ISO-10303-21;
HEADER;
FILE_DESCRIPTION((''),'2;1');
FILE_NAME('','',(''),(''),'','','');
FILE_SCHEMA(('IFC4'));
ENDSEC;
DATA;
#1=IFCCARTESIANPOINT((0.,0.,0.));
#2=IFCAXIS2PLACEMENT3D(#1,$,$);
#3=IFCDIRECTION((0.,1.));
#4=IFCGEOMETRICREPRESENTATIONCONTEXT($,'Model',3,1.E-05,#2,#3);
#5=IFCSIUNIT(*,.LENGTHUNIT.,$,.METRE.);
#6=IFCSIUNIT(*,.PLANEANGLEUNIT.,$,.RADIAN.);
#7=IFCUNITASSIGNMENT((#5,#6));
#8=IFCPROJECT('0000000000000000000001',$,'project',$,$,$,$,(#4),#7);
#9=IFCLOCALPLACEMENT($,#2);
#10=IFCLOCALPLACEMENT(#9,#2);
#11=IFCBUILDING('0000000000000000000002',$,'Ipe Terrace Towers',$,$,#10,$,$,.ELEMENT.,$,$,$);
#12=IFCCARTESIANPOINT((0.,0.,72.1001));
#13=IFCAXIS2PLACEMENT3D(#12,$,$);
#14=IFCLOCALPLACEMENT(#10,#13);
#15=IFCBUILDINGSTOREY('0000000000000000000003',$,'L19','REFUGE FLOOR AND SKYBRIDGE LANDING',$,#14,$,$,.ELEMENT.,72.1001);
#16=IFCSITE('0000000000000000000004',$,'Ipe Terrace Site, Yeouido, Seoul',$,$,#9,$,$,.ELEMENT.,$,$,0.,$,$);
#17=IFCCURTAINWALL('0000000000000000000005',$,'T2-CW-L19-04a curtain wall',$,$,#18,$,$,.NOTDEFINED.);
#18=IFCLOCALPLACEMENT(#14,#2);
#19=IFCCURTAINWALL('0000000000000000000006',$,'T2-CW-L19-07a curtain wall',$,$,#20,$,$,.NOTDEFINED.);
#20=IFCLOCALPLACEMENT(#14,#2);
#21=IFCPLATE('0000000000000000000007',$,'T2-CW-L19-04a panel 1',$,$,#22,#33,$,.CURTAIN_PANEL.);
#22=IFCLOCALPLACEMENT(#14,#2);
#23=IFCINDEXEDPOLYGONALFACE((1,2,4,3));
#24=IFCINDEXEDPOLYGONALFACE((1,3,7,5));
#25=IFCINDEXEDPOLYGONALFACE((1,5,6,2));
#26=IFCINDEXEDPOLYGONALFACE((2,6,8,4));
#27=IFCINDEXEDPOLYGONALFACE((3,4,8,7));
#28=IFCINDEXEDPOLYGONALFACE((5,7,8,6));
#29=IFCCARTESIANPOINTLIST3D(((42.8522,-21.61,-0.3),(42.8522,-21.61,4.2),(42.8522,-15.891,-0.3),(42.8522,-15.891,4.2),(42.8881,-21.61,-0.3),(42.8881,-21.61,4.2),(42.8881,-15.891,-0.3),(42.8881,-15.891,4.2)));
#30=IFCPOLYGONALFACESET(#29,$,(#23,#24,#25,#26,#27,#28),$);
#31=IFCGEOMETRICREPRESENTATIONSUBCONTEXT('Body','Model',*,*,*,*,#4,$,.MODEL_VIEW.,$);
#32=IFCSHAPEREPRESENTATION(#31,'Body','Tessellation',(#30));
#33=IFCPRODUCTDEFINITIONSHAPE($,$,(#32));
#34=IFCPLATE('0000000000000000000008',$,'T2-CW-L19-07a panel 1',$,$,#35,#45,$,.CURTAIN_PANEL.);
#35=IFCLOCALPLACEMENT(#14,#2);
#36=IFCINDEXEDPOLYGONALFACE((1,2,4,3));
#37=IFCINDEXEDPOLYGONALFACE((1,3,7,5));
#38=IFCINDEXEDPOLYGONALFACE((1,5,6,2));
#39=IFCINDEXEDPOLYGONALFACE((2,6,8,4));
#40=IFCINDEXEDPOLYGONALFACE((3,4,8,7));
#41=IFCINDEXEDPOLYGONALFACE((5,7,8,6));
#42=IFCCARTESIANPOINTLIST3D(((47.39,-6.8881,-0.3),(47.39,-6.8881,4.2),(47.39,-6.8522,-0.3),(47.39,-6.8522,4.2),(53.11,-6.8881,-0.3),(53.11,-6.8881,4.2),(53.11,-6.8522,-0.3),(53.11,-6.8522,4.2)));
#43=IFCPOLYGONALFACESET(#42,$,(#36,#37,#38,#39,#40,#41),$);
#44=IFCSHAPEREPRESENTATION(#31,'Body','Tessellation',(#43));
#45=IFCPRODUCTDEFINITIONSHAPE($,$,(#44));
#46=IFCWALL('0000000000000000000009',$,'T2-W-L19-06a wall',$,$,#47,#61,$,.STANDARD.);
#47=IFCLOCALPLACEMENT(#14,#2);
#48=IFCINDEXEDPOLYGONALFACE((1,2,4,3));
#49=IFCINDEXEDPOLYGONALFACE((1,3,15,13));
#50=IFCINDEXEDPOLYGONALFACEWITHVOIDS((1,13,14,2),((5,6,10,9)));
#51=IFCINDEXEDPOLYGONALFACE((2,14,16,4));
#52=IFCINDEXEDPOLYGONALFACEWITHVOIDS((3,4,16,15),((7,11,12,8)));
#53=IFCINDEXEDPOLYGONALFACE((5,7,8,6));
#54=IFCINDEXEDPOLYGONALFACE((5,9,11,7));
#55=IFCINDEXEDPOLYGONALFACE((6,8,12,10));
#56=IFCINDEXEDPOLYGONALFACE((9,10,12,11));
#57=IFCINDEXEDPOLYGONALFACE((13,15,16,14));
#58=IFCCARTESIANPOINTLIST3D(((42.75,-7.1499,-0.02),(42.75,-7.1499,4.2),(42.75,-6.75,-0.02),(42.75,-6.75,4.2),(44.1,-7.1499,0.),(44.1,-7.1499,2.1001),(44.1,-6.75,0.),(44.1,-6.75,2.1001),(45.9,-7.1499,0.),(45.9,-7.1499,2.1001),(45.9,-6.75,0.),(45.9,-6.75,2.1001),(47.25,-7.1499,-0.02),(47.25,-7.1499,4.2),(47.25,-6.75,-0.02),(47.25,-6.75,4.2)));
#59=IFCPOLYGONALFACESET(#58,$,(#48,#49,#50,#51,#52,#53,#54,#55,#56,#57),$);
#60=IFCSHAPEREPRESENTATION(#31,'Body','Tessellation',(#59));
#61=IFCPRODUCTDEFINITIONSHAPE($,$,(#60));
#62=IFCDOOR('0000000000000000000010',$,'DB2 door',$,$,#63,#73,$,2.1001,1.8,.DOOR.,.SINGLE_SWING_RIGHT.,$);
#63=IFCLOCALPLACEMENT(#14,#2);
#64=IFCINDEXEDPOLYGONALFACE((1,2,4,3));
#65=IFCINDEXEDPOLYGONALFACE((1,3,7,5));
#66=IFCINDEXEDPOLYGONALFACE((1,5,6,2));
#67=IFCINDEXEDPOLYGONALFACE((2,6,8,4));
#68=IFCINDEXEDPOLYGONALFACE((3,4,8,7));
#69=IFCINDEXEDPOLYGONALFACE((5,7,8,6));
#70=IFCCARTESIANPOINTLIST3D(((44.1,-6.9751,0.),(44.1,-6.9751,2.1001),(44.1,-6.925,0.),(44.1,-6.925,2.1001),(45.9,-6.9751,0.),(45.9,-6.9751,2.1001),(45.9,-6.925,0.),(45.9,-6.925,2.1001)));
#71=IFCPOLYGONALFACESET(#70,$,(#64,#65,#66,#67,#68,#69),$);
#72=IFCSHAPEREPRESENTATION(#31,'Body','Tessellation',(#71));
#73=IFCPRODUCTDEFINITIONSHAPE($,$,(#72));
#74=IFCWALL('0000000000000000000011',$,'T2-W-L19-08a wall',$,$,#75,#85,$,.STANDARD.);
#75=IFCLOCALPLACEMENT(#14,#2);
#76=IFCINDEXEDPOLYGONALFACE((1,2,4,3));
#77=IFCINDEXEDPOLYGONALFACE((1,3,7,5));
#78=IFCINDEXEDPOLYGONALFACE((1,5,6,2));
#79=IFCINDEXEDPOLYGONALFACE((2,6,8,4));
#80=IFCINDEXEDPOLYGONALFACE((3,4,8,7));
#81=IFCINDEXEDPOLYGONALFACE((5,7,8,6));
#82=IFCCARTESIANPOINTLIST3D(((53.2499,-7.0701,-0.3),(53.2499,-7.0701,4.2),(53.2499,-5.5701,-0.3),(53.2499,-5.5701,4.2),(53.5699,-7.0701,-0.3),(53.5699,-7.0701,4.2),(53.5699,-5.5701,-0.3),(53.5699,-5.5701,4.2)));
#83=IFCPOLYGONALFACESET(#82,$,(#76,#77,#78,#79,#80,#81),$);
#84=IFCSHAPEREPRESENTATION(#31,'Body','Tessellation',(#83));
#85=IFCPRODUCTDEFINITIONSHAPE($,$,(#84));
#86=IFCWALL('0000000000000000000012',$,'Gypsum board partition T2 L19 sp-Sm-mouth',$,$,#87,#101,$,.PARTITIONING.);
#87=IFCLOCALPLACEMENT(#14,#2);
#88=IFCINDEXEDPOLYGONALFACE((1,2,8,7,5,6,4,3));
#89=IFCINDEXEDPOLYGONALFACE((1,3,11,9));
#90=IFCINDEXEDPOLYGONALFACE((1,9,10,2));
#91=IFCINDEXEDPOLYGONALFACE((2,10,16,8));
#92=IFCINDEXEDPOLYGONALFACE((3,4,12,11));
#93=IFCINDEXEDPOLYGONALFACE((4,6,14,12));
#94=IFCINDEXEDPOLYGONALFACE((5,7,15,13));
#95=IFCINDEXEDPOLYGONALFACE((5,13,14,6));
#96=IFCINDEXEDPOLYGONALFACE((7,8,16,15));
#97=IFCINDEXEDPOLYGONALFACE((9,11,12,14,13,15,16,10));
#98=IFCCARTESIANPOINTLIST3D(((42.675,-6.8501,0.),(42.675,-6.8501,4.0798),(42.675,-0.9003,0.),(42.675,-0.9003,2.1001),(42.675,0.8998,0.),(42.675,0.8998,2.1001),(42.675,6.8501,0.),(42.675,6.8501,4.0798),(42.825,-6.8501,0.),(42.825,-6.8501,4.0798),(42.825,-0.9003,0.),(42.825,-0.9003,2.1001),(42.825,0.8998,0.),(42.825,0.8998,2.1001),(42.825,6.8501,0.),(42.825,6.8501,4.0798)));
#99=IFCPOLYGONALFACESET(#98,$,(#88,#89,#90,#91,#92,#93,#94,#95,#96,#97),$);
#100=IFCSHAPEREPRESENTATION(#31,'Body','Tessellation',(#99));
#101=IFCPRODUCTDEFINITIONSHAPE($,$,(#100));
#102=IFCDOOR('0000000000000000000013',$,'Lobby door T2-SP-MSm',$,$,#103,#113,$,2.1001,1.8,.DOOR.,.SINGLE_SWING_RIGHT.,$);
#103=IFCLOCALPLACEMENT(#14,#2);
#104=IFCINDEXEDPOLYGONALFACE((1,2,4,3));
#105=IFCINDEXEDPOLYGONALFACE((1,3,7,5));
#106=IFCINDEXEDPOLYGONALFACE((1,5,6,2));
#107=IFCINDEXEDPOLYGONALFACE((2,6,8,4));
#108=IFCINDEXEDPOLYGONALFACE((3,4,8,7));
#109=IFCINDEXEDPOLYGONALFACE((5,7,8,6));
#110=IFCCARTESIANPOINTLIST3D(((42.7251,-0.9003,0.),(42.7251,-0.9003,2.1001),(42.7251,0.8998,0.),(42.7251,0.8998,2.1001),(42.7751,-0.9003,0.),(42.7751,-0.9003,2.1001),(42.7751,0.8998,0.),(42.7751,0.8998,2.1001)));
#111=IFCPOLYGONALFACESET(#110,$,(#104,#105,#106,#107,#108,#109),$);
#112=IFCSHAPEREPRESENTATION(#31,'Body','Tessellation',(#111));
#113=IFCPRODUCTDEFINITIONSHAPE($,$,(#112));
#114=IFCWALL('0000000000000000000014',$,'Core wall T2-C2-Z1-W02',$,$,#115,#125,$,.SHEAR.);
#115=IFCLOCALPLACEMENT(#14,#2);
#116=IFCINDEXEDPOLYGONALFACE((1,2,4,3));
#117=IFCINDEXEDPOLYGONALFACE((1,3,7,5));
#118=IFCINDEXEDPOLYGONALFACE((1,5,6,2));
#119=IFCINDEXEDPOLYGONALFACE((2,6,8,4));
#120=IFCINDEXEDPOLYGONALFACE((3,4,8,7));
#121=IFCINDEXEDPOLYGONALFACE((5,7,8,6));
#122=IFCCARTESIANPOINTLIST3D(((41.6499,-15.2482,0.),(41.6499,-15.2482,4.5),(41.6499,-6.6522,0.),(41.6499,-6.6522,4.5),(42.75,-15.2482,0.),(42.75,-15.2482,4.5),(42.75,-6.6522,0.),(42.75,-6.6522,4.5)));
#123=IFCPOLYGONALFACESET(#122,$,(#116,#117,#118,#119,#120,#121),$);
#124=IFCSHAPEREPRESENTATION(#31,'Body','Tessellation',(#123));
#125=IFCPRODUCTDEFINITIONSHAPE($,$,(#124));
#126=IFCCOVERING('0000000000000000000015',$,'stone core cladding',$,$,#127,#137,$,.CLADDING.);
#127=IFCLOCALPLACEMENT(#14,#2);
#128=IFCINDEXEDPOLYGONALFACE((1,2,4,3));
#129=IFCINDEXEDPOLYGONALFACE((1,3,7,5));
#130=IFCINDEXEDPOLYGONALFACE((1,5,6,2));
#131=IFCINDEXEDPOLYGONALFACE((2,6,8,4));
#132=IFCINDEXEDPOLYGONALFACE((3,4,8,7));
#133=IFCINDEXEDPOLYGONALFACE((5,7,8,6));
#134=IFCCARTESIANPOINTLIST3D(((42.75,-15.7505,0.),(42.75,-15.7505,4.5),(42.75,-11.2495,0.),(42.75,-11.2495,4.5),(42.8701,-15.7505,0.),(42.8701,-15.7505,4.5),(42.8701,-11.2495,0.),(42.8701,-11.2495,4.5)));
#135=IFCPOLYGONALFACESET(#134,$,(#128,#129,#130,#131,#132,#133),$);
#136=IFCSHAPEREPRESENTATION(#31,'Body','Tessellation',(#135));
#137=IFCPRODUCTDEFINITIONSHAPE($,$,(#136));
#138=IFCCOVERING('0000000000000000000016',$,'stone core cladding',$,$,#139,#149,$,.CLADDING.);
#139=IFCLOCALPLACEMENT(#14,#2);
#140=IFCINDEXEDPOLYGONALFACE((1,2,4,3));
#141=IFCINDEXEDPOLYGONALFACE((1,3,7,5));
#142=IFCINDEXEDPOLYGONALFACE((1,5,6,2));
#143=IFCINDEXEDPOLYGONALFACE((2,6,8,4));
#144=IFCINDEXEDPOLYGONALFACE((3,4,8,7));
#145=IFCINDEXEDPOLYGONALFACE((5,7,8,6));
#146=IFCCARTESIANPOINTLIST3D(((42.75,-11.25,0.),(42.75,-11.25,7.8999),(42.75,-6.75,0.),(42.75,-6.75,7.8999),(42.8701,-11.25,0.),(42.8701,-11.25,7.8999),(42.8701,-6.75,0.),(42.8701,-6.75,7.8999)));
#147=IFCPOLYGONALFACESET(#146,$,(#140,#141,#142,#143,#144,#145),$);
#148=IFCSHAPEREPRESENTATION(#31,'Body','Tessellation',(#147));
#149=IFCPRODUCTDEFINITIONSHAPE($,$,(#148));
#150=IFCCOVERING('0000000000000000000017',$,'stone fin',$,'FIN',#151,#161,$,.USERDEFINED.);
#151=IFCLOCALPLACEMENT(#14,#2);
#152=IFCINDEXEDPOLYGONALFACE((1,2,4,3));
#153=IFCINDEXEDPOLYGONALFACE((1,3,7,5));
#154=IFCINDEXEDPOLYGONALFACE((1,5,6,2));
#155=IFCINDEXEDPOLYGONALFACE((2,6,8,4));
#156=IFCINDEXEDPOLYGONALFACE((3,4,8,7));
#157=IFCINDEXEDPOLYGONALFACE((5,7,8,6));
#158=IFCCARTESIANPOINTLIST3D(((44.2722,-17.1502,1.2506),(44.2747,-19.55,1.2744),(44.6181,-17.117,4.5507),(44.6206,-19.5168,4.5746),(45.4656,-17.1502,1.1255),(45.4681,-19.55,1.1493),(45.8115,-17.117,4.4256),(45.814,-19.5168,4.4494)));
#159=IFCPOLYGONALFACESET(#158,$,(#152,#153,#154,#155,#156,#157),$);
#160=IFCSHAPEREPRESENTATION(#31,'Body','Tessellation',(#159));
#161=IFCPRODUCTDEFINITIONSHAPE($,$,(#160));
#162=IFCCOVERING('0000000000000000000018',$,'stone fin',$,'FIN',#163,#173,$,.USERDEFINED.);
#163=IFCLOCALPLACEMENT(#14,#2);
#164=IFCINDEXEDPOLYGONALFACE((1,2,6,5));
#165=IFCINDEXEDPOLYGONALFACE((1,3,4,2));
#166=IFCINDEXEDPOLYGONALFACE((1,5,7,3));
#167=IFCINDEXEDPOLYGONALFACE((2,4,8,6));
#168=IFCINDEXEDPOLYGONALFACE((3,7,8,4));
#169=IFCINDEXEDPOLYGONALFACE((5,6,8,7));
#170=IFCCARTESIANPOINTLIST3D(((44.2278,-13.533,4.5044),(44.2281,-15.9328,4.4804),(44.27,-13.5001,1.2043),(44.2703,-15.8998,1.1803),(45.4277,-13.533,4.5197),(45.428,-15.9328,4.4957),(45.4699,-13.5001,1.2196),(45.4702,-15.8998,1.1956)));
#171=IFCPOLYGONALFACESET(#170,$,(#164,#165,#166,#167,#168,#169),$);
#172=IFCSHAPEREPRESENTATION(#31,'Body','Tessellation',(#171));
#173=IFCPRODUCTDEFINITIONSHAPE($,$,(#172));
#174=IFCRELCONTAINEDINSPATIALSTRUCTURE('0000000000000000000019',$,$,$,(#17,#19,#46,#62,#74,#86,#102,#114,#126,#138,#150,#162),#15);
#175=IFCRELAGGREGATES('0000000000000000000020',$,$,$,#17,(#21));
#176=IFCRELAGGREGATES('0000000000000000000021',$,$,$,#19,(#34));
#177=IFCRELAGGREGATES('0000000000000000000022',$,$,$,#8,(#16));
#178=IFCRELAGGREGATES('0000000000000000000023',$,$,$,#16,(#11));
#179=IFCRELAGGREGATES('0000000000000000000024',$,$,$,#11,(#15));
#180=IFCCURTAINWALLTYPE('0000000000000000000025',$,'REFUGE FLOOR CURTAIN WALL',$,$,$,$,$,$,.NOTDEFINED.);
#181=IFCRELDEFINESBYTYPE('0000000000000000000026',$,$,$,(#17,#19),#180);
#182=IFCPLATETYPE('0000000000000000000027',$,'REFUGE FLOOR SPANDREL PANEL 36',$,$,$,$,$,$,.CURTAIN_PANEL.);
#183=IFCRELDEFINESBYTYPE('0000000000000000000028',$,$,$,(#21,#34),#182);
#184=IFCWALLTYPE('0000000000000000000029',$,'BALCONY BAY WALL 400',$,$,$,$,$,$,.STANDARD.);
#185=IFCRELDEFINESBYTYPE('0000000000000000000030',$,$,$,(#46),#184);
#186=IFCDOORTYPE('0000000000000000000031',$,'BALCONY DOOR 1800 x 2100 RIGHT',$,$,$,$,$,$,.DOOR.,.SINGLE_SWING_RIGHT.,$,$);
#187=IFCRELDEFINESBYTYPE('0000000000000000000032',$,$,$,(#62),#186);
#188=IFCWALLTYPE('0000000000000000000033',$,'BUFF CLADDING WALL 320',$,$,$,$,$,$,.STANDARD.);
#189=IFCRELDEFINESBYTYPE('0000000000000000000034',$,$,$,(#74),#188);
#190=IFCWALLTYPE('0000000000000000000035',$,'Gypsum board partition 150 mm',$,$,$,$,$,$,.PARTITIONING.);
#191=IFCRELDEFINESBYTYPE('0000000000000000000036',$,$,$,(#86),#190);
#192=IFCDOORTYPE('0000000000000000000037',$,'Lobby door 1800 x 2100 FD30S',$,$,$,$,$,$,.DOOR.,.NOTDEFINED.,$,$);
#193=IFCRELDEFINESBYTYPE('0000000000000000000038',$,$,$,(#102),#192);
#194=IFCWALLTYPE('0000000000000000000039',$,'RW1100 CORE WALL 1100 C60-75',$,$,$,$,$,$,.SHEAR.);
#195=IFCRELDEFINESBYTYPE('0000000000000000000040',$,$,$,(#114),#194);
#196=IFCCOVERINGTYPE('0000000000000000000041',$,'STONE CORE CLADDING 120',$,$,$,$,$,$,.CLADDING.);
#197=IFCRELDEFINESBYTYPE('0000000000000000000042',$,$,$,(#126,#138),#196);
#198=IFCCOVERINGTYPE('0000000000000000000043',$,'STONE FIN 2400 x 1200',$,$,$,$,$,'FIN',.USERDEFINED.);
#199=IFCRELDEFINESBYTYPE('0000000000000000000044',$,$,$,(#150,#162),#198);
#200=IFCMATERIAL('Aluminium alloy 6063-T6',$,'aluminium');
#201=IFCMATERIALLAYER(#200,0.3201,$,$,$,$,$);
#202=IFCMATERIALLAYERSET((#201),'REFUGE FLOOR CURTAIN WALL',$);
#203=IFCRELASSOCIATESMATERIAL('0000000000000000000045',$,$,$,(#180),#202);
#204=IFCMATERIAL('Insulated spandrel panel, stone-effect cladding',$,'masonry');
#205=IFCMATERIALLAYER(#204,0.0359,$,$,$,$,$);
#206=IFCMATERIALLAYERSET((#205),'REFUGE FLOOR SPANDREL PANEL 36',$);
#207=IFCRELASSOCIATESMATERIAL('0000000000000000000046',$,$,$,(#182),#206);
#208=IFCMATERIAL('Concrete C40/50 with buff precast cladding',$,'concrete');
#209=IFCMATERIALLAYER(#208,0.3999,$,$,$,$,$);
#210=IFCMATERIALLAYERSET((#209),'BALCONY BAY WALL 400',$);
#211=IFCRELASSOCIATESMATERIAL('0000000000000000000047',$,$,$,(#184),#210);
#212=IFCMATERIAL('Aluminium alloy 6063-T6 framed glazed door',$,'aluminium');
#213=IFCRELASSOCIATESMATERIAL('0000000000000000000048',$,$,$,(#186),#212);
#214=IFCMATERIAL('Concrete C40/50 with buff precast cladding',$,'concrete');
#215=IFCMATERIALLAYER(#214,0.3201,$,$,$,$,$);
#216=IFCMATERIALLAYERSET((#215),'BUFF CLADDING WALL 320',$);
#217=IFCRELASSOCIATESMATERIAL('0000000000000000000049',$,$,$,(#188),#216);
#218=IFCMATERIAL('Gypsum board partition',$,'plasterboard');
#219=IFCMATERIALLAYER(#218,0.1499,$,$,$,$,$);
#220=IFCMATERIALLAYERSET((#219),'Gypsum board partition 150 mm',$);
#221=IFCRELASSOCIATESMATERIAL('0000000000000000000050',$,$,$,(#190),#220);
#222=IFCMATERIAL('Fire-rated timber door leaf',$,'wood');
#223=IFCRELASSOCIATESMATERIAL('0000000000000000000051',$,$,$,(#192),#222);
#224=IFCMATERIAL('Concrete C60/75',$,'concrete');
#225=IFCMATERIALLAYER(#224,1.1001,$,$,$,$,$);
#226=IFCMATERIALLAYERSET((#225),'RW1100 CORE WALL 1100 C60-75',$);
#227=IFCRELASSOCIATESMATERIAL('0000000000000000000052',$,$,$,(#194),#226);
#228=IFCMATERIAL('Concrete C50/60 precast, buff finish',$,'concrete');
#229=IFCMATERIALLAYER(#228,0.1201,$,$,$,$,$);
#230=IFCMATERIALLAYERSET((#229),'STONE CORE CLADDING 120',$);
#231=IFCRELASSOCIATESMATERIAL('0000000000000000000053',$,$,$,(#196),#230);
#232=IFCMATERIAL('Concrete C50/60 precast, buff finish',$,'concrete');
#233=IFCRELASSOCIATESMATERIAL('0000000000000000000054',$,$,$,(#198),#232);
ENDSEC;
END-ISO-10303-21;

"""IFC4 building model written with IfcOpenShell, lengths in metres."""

from ifc_helpers import new_model, si_unit, direction, frame, frame_2d, origin, origin_2d, place, context, subcontext, project, spatial, rectangle, extrude, material, layer, layer_set, material_profile, profile_set, type_object, element, fill, aggregate, save


model = new_model("IFC4")

# Units and contexts
model_context = context("Model", 3, precision=1e-05, world=origin(), true_north=direction((0.0, 1.0)))
body_context = subcontext(model_context, "Body", "Model", "MODEL_VIEW")
ifc_project = project(units=[si_unit("LENGTHUNIT", "METRE"), si_unit("PLANEANGLEUNIT", "RADIAN")], contexts=[model_context])

# Site, building, storey
site_placement = place(None, origin())
site = spatial("IfcSite", under=ifc_project, at=site_placement, Name="Ipe Terrace Site, Yeouido, Seoul", CompositionType="ELEMENT", RefElevation=0.0)
building_placement = place(site_placement, origin())
building = spatial("IfcBuilding", under=site, at=building_placement, Name="Ipe Terrace Towers", CompositionType="ELEMENT")
storey_placement = place(building_placement, frame((0.0, 0.0, 72.1001)))
storey = spatial("IfcBuildingStorey", under=building, at=storey_placement, Name="L19", Description="REFUGE FLOOR AND SKYBRIDGE LANDING", CompositionType="ELEMENT", Elevation=72.1001)

# Curtain walls
ifc_material_1 = material(Name="Aluminium alloy 6063-T6", Category="aluminium")
ifc_layer_1 = layer(ifc_material_1, 0.3201)
ifc_layer_set_1 = layer_set([ifc_layer_1], Name="REFUGE FLOOR CURTAIN WALL")
curtain_wall_type = type_object("IfcCurtainWallType", Name="REFUGE FLOOR CURTAIN WALL", PredefinedType="NOTDEFINED", material=ifc_layer_set_1)
curtain_wall_1_placement = place(storey_placement, origin())
curtain_wall_1 = element("IfcCurtainWall", 1, at=curtain_wall_1_placement, inside=storey, type_object=curtain_wall_type, Name="T2-CW-L19-04a curtain wall", PredefinedType="NOTDEFINED")
curtain_wall_2_placement = place(storey_placement, origin())
curtain_wall_2 = element("IfcCurtainWall", 2, at=curtain_wall_2_placement, inside=storey, type_object=curtain_wall_type, Name="T2-CW-L19-07a curtain wall", PredefinedType="NOTDEFINED")

# Plates
ifc_material_2 = material(Name="Insulated spandrel panel, stone-effect cladding", Category="masonry")
ifc_layer_2 = layer(ifc_material_2, 0.0359)
ifc_layer_set_2 = layer_set([ifc_layer_2], Name="REFUGE FLOOR SPANDREL PANEL 36")
plate_type = type_object("IfcPlateType", Name="REFUGE FLOOR SPANDREL PANEL 36", PredefinedType="CURTAIN_PANEL", material=ifc_layer_set_2)
plate_1_placement = place(storey_placement, frame((42.8701, -18.7505, -0.3), z_axis=(0.0, 0.0, 1.0), x_axis=(0.0, 1.0, 0.0)))
plate_1 = element("IfcPlate", 3, at=plate_1_placement, type_object=plate_type, Name="T2-CW-L19-04a panel 1", PredefinedType="CURTAIN_PANEL", context=body_context, shape_type="SweptSolid", body=[
    extrude(rectangle(XDim=5.719, YDim=0.0359, at=origin_2d()), origin(), (0.0, 0.0, 1.0), 4.5),
])
aggregate(curtain_wall_1, [plate_1])
plate_2_placement = place(storey_placement, frame((50.25, -6.8701, -0.3), z_axis=(0.0, 0.0, 1.0), x_axis=(1.0, 0.0, 0.0)))
plate_2 = element("IfcPlate", 4, at=plate_2_placement, type_object=plate_type, Name="T2-CW-L19-07a panel 1", PredefinedType="CURTAIN_PANEL", context=body_context, shape_type="SweptSolid", body=[
    extrude(rectangle(XDim=5.72, YDim=0.0359, at=origin_2d()), origin(), (0.0, 0.0, 1.0), 4.5),
])
aggregate(curtain_wall_2, [plate_2])

# Wall, opening, door
ifc_material_3 = material(Name="Concrete C40/50 with buff precast cladding", Category="concrete")
ifc_layer_3 = layer(ifc_material_3, 0.3999)
ifc_layer_set_3 = layer_set([ifc_layer_3], Name="BALCONY BAY WALL 400")
wall_type_1 = type_object("IfcWallType", Name="BALCONY BAY WALL 400", PredefinedType="STANDARD", material=ifc_layer_set_3)
wall_1_placement = place(storey_placement, frame((42.75, -6.95, -0.02), z_axis=(0.0, 0.0, 1.0), x_axis=(1.0, 0.0, 0.0)))
wall_1 = element("IfcWall", 5, at=wall_1_placement, inside=storey, type_object=wall_type_1, Name="T2-W-L19-06a wall", PredefinedType="STANDARD", context=body_context, shape_type="SweptSolid", body=[
    extrude(rectangle(XDim=4.5, YDim=0.3999, at=frame_2d((2.25, 0.0))), origin(), (0.0, 0.0, 1.0), 4.22),
])
opening_1_placement = place(wall_1_placement, frame((1.3501, 0.0, 0.02)))
opening_1 = element("IfcOpeningElement", 6, at=opening_1_placement, cuts=wall_1, PredefinedType="OPENING", context=body_context, shape_type="SweptSolid", body=[
    extrude(rectangle(XDim=1.8, YDim=2.1001, at=frame_2d((0.8999, 1.05))), frame((0.0, 0.21, 0.0), z_axis=(0.0, -1.0, 0.0), x_axis=(1.0, 0.0, 0.0)), (0.0, 0.0, 1.0), 0.4199),
])
ifc_material_4 = material(Name="Aluminium alloy 6063-T6 framed glazed door", Category="aluminium")
door_type_1 = type_object("IfcDoorType", Name="BALCONY DOOR 1800 x 2100 RIGHT", OperationType="SINGLE_SWING_RIGHT", PredefinedType="DOOR", material=ifc_material_4)
door_1_placement = place(opening_1_placement, origin())
door_1 = element("IfcDoor", 7, at=door_1_placement, inside=storey, type_object=door_type_1, Name="DB2 door", OperationType="SINGLE_SWING_RIGHT", OverallHeight=2.1001, OverallWidth=1.8, PredefinedType="DOOR", context=body_context, shape_type="SweptSolid", body=[
    extrude(rectangle(XDim=1.8, YDim=2.1001, at=frame_2d((0.8999, 1.05))), frame((0.0, 0.0249, 0.0), z_axis=(0.0, -1.0, 0.0), x_axis=(1.0, 0.0, 0.0)), (0.0, 0.0, 1.0), 0.05),
])
fill(opening_1, door_1)

# Wall
ifc_material_5 = material(Name="Concrete C40/50 with buff precast cladding", Category="concrete")
ifc_layer_4 = layer(ifc_material_5, 0.3201)
ifc_layer_set_4 = layer_set([ifc_layer_4], Name="BUFF CLADDING WALL 320")
wall_type_2 = type_object("IfcWallType", Name="BUFF CLADDING WALL 320", PredefinedType="STANDARD", material=ifc_layer_set_4)
wall_2_placement = place(storey_placement, frame((53.4099, -7.0701, -0.3), z_axis=(0.0, 0.0, 1.0), x_axis=(0.0, 1.0, 0.0)))
element("IfcWall", 8, at=wall_2_placement, inside=storey, type_object=wall_type_2, Name="T2-W-L19-08a wall", PredefinedType="STANDARD", context=body_context, shape_type="SweptSolid", body=[
    extrude(rectangle(XDim=1.5, YDim=0.3201, at=frame_2d((0.75, 0.0))), origin(), (0.0, 0.0, 1.0), 4.5),
])

# Wall, opening, door
ifc_material_6 = material(Name="Gypsum board partition", Category="plasterboard")
ifc_layer_5 = layer(ifc_material_6, 0.1499)
ifc_layer_set_5 = layer_set([ifc_layer_5], Name="Gypsum board partition 150 mm")
wall_type_3 = type_object("IfcWallType", Name="Gypsum board partition 150 mm", PredefinedType="PARTITIONING", material=ifc_layer_set_5)
wall_3_placement = place(storey_placement, frame((42.75, -6.8501, 0.0), z_axis=(0.0, 0.0, 1.0), x_axis=(0.0, 1.0, 0.0)))
wall_3 = element("IfcWall", 9, at=wall_3_placement, inside=storey, type_object=wall_type_3, Name="Gypsum board partition T2 L19 sp-Sm-mouth", PredefinedType="PARTITIONING", context=body_context, shape_type="SweptSolid", body=[
    extrude(rectangle(XDim=13.7002, YDim=0.1499, at=frame_2d((6.8501, 0.0))), origin(), (0.0, 0.0, 1.0), 4.0798),
])
opening_2_placement = place(wall_3_placement, frame((5.95, 0.0, 0.0)))
opening_2 = element("IfcOpeningElement", 10, at=opening_2_placement, cuts=wall_3, PredefinedType="OPENING", context=body_context, shape_type="SweptSolid", body=[
    extrude(rectangle(XDim=1.8, YDim=2.1001, at=frame_2d((0.8999, 1.05))), frame((0.0, 0.085, 0.0), z_axis=(0.0, -1.0, 0.0), x_axis=(1.0, 0.0, 0.0)), (0.0, 0.0, 1.0), 0.1699),
])
ifc_material_7 = material(Name="Fire-rated timber door leaf", Category="wood")
door_type_2 = type_object("IfcDoorType", Name="Lobby door 1800 x 2100 FD30S", OperationType="NOTDEFINED", PredefinedType="DOOR", material=ifc_material_7)
door_2_placement = place(opening_2_placement, origin())
door_2 = element("IfcDoor", 11, at=door_2_placement, inside=storey, type_object=door_type_2, Name="Lobby door T2-SP-MSm", OperationType="SINGLE_SWING_RIGHT", OverallHeight=2.1001, OverallWidth=1.8, PredefinedType="DOOR", context=body_context, shape_type="SweptSolid", body=[
    extrude(rectangle(XDim=1.8, YDim=2.1001, at=frame_2d((0.8999, 1.05))), frame((0.0, 0.0249, 0.0), z_axis=(0.0, -1.0, 0.0), x_axis=(1.0, 0.0, 0.0)), (0.0, 0.0, 1.0), 0.05),
])
fill(opening_2, door_2)

# Wall
ifc_material_8 = material(Name="Concrete C60/75", Category="concrete")
ifc_layer_6 = layer(ifc_material_8, 1.1001)
ifc_layer_set_6 = layer_set([ifc_layer_6], Name="RW1100 CORE WALL 1100 C60-75")
wall_type_4 = type_object("IfcWallType", Name="RW1100 CORE WALL 1100 C60-75", PredefinedType="SHEAR", material=ifc_layer_set_6)
wall_4_placement = place(storey_placement, frame((42.2, -15.248, 0.0), z_axis=(0.0, 0.0, 1.0), x_axis=(0.0, 1.0, 0.0)))
element("IfcWall", 12, at=wall_4_placement, inside=storey, type_object=wall_type_4, Name="Core wall T2-C2-Z1-W02", PredefinedType="SHEAR", context=body_context, shape_type="SweptSolid", body=[
    extrude(rectangle(XDim=8.5959, YDim=1.1001, at=frame_2d((4.2979, 0.0))), origin(), (0.0, 0.0, 1.0), 4.5),
])

# Coverings
ifc_material_9 = material(Name="Concrete C50/60 precast, buff finish", Category="concrete")
ifc_layer_7 = layer(ifc_material_9, 0.1201)
ifc_layer_set_7 = layer_set([ifc_layer_7], Name="STONE CORE CLADDING 120")
covering_type_1 = type_object("IfcCoveringType", Name="STONE CORE CLADDING 120", PredefinedType="CLADDING", material=ifc_layer_set_7)
covering_1_placement = place(storey_placement, frame((42.8101, -13.5, 0.0), z_axis=(0.0, 0.0, 1.0), x_axis=(0.0, 1.0, 0.0)))
element("IfcCovering", 13, at=covering_1_placement, inside=storey, type_object=covering_type_1, Name="stone core cladding", PredefinedType="CLADDING", context=body_context, shape_type="SweptSolid", body=[
    extrude(rectangle(XDim=4.501, YDim=0.1201, at=origin_2d()), origin(), (0.0, 0.0, 1.0), 4.5),
])
covering_2_placement = place(storey_placement, frame((42.8101, -9.0, 0.0), z_axis=(0.0, 0.0, 1.0), x_axis=(0.0, 1.0, 0.0)))
element("IfcCovering", 14, at=covering_2_placement, inside=storey, type_object=covering_type_1, Name="stone core cladding", PredefinedType="CLADDING", context=body_context, shape_type="SweptSolid", body=[
    extrude(rectangle(XDim=4.5, YDim=0.1201, at=origin_2d()), origin(), (0.0, 0.0, 1.0), 7.8999),
])
ifc_material_10 = material(Name="Concrete C50/60 precast, buff finish", Category="concrete")
ifc_material_profile_1 = material_profile(ifc_material_10, rectangle(XDim=2.3999, YDim=1.2, at=origin_2d()), Name="STONE FIN 2400 x 1200")
ifc_profile_set_1 = profile_set([ifc_material_profile_1], Name="Concrete C50/60 precast, buff finish")
covering_type_2 = type_object("IfcCoveringType", Name="STONE FIN 2400 x 1200", ElementType="FIN", PredefinedType="USERDEFINED", material=ifc_profile_set_1)
covering_3_placement = place(storey_placement, frame((44.8701, -18.3501, 1.2), z_axis=(0.104254, 0.010006, 0.9945), x_axis=(-0.001043, 0.99995, -0.009952)))
element("IfcCovering", 15, at=covering_3_placement, inside=storey, type_object=covering_type_2, Name="stone fin", ObjectType="FIN", PredefinedType="USERDEFINED", context=body_context, shape_type="SweptSolid", body=[
    extrude(rectangle(XDim=2.3999, YDim=1.2, at=origin_2d()), origin(), (0.0, 0.0, 1.0), 3.3184),
])
covering_4_placement = place(storey_placement, frame((44.8701, -14.7, 1.2), z_axis=(-0.012797, -0.009986, 0.999868), x_axis=(-0.000128, 0.99995, 0.009985)))
element("IfcCovering", 16, at=covering_4_placement, inside=storey, type_object=covering_type_2, Name="stone fin", ObjectType="FIN", PredefinedType="USERDEFINED", context=body_context, shape_type="SweptSolid", body=[
    extrude(rectangle(XDim=2.3999, YDim=1.2, at=origin_2d()), origin(), (0.0, 0.0, 1.0), 3.3005),
])

save(model, "model.ifc")
